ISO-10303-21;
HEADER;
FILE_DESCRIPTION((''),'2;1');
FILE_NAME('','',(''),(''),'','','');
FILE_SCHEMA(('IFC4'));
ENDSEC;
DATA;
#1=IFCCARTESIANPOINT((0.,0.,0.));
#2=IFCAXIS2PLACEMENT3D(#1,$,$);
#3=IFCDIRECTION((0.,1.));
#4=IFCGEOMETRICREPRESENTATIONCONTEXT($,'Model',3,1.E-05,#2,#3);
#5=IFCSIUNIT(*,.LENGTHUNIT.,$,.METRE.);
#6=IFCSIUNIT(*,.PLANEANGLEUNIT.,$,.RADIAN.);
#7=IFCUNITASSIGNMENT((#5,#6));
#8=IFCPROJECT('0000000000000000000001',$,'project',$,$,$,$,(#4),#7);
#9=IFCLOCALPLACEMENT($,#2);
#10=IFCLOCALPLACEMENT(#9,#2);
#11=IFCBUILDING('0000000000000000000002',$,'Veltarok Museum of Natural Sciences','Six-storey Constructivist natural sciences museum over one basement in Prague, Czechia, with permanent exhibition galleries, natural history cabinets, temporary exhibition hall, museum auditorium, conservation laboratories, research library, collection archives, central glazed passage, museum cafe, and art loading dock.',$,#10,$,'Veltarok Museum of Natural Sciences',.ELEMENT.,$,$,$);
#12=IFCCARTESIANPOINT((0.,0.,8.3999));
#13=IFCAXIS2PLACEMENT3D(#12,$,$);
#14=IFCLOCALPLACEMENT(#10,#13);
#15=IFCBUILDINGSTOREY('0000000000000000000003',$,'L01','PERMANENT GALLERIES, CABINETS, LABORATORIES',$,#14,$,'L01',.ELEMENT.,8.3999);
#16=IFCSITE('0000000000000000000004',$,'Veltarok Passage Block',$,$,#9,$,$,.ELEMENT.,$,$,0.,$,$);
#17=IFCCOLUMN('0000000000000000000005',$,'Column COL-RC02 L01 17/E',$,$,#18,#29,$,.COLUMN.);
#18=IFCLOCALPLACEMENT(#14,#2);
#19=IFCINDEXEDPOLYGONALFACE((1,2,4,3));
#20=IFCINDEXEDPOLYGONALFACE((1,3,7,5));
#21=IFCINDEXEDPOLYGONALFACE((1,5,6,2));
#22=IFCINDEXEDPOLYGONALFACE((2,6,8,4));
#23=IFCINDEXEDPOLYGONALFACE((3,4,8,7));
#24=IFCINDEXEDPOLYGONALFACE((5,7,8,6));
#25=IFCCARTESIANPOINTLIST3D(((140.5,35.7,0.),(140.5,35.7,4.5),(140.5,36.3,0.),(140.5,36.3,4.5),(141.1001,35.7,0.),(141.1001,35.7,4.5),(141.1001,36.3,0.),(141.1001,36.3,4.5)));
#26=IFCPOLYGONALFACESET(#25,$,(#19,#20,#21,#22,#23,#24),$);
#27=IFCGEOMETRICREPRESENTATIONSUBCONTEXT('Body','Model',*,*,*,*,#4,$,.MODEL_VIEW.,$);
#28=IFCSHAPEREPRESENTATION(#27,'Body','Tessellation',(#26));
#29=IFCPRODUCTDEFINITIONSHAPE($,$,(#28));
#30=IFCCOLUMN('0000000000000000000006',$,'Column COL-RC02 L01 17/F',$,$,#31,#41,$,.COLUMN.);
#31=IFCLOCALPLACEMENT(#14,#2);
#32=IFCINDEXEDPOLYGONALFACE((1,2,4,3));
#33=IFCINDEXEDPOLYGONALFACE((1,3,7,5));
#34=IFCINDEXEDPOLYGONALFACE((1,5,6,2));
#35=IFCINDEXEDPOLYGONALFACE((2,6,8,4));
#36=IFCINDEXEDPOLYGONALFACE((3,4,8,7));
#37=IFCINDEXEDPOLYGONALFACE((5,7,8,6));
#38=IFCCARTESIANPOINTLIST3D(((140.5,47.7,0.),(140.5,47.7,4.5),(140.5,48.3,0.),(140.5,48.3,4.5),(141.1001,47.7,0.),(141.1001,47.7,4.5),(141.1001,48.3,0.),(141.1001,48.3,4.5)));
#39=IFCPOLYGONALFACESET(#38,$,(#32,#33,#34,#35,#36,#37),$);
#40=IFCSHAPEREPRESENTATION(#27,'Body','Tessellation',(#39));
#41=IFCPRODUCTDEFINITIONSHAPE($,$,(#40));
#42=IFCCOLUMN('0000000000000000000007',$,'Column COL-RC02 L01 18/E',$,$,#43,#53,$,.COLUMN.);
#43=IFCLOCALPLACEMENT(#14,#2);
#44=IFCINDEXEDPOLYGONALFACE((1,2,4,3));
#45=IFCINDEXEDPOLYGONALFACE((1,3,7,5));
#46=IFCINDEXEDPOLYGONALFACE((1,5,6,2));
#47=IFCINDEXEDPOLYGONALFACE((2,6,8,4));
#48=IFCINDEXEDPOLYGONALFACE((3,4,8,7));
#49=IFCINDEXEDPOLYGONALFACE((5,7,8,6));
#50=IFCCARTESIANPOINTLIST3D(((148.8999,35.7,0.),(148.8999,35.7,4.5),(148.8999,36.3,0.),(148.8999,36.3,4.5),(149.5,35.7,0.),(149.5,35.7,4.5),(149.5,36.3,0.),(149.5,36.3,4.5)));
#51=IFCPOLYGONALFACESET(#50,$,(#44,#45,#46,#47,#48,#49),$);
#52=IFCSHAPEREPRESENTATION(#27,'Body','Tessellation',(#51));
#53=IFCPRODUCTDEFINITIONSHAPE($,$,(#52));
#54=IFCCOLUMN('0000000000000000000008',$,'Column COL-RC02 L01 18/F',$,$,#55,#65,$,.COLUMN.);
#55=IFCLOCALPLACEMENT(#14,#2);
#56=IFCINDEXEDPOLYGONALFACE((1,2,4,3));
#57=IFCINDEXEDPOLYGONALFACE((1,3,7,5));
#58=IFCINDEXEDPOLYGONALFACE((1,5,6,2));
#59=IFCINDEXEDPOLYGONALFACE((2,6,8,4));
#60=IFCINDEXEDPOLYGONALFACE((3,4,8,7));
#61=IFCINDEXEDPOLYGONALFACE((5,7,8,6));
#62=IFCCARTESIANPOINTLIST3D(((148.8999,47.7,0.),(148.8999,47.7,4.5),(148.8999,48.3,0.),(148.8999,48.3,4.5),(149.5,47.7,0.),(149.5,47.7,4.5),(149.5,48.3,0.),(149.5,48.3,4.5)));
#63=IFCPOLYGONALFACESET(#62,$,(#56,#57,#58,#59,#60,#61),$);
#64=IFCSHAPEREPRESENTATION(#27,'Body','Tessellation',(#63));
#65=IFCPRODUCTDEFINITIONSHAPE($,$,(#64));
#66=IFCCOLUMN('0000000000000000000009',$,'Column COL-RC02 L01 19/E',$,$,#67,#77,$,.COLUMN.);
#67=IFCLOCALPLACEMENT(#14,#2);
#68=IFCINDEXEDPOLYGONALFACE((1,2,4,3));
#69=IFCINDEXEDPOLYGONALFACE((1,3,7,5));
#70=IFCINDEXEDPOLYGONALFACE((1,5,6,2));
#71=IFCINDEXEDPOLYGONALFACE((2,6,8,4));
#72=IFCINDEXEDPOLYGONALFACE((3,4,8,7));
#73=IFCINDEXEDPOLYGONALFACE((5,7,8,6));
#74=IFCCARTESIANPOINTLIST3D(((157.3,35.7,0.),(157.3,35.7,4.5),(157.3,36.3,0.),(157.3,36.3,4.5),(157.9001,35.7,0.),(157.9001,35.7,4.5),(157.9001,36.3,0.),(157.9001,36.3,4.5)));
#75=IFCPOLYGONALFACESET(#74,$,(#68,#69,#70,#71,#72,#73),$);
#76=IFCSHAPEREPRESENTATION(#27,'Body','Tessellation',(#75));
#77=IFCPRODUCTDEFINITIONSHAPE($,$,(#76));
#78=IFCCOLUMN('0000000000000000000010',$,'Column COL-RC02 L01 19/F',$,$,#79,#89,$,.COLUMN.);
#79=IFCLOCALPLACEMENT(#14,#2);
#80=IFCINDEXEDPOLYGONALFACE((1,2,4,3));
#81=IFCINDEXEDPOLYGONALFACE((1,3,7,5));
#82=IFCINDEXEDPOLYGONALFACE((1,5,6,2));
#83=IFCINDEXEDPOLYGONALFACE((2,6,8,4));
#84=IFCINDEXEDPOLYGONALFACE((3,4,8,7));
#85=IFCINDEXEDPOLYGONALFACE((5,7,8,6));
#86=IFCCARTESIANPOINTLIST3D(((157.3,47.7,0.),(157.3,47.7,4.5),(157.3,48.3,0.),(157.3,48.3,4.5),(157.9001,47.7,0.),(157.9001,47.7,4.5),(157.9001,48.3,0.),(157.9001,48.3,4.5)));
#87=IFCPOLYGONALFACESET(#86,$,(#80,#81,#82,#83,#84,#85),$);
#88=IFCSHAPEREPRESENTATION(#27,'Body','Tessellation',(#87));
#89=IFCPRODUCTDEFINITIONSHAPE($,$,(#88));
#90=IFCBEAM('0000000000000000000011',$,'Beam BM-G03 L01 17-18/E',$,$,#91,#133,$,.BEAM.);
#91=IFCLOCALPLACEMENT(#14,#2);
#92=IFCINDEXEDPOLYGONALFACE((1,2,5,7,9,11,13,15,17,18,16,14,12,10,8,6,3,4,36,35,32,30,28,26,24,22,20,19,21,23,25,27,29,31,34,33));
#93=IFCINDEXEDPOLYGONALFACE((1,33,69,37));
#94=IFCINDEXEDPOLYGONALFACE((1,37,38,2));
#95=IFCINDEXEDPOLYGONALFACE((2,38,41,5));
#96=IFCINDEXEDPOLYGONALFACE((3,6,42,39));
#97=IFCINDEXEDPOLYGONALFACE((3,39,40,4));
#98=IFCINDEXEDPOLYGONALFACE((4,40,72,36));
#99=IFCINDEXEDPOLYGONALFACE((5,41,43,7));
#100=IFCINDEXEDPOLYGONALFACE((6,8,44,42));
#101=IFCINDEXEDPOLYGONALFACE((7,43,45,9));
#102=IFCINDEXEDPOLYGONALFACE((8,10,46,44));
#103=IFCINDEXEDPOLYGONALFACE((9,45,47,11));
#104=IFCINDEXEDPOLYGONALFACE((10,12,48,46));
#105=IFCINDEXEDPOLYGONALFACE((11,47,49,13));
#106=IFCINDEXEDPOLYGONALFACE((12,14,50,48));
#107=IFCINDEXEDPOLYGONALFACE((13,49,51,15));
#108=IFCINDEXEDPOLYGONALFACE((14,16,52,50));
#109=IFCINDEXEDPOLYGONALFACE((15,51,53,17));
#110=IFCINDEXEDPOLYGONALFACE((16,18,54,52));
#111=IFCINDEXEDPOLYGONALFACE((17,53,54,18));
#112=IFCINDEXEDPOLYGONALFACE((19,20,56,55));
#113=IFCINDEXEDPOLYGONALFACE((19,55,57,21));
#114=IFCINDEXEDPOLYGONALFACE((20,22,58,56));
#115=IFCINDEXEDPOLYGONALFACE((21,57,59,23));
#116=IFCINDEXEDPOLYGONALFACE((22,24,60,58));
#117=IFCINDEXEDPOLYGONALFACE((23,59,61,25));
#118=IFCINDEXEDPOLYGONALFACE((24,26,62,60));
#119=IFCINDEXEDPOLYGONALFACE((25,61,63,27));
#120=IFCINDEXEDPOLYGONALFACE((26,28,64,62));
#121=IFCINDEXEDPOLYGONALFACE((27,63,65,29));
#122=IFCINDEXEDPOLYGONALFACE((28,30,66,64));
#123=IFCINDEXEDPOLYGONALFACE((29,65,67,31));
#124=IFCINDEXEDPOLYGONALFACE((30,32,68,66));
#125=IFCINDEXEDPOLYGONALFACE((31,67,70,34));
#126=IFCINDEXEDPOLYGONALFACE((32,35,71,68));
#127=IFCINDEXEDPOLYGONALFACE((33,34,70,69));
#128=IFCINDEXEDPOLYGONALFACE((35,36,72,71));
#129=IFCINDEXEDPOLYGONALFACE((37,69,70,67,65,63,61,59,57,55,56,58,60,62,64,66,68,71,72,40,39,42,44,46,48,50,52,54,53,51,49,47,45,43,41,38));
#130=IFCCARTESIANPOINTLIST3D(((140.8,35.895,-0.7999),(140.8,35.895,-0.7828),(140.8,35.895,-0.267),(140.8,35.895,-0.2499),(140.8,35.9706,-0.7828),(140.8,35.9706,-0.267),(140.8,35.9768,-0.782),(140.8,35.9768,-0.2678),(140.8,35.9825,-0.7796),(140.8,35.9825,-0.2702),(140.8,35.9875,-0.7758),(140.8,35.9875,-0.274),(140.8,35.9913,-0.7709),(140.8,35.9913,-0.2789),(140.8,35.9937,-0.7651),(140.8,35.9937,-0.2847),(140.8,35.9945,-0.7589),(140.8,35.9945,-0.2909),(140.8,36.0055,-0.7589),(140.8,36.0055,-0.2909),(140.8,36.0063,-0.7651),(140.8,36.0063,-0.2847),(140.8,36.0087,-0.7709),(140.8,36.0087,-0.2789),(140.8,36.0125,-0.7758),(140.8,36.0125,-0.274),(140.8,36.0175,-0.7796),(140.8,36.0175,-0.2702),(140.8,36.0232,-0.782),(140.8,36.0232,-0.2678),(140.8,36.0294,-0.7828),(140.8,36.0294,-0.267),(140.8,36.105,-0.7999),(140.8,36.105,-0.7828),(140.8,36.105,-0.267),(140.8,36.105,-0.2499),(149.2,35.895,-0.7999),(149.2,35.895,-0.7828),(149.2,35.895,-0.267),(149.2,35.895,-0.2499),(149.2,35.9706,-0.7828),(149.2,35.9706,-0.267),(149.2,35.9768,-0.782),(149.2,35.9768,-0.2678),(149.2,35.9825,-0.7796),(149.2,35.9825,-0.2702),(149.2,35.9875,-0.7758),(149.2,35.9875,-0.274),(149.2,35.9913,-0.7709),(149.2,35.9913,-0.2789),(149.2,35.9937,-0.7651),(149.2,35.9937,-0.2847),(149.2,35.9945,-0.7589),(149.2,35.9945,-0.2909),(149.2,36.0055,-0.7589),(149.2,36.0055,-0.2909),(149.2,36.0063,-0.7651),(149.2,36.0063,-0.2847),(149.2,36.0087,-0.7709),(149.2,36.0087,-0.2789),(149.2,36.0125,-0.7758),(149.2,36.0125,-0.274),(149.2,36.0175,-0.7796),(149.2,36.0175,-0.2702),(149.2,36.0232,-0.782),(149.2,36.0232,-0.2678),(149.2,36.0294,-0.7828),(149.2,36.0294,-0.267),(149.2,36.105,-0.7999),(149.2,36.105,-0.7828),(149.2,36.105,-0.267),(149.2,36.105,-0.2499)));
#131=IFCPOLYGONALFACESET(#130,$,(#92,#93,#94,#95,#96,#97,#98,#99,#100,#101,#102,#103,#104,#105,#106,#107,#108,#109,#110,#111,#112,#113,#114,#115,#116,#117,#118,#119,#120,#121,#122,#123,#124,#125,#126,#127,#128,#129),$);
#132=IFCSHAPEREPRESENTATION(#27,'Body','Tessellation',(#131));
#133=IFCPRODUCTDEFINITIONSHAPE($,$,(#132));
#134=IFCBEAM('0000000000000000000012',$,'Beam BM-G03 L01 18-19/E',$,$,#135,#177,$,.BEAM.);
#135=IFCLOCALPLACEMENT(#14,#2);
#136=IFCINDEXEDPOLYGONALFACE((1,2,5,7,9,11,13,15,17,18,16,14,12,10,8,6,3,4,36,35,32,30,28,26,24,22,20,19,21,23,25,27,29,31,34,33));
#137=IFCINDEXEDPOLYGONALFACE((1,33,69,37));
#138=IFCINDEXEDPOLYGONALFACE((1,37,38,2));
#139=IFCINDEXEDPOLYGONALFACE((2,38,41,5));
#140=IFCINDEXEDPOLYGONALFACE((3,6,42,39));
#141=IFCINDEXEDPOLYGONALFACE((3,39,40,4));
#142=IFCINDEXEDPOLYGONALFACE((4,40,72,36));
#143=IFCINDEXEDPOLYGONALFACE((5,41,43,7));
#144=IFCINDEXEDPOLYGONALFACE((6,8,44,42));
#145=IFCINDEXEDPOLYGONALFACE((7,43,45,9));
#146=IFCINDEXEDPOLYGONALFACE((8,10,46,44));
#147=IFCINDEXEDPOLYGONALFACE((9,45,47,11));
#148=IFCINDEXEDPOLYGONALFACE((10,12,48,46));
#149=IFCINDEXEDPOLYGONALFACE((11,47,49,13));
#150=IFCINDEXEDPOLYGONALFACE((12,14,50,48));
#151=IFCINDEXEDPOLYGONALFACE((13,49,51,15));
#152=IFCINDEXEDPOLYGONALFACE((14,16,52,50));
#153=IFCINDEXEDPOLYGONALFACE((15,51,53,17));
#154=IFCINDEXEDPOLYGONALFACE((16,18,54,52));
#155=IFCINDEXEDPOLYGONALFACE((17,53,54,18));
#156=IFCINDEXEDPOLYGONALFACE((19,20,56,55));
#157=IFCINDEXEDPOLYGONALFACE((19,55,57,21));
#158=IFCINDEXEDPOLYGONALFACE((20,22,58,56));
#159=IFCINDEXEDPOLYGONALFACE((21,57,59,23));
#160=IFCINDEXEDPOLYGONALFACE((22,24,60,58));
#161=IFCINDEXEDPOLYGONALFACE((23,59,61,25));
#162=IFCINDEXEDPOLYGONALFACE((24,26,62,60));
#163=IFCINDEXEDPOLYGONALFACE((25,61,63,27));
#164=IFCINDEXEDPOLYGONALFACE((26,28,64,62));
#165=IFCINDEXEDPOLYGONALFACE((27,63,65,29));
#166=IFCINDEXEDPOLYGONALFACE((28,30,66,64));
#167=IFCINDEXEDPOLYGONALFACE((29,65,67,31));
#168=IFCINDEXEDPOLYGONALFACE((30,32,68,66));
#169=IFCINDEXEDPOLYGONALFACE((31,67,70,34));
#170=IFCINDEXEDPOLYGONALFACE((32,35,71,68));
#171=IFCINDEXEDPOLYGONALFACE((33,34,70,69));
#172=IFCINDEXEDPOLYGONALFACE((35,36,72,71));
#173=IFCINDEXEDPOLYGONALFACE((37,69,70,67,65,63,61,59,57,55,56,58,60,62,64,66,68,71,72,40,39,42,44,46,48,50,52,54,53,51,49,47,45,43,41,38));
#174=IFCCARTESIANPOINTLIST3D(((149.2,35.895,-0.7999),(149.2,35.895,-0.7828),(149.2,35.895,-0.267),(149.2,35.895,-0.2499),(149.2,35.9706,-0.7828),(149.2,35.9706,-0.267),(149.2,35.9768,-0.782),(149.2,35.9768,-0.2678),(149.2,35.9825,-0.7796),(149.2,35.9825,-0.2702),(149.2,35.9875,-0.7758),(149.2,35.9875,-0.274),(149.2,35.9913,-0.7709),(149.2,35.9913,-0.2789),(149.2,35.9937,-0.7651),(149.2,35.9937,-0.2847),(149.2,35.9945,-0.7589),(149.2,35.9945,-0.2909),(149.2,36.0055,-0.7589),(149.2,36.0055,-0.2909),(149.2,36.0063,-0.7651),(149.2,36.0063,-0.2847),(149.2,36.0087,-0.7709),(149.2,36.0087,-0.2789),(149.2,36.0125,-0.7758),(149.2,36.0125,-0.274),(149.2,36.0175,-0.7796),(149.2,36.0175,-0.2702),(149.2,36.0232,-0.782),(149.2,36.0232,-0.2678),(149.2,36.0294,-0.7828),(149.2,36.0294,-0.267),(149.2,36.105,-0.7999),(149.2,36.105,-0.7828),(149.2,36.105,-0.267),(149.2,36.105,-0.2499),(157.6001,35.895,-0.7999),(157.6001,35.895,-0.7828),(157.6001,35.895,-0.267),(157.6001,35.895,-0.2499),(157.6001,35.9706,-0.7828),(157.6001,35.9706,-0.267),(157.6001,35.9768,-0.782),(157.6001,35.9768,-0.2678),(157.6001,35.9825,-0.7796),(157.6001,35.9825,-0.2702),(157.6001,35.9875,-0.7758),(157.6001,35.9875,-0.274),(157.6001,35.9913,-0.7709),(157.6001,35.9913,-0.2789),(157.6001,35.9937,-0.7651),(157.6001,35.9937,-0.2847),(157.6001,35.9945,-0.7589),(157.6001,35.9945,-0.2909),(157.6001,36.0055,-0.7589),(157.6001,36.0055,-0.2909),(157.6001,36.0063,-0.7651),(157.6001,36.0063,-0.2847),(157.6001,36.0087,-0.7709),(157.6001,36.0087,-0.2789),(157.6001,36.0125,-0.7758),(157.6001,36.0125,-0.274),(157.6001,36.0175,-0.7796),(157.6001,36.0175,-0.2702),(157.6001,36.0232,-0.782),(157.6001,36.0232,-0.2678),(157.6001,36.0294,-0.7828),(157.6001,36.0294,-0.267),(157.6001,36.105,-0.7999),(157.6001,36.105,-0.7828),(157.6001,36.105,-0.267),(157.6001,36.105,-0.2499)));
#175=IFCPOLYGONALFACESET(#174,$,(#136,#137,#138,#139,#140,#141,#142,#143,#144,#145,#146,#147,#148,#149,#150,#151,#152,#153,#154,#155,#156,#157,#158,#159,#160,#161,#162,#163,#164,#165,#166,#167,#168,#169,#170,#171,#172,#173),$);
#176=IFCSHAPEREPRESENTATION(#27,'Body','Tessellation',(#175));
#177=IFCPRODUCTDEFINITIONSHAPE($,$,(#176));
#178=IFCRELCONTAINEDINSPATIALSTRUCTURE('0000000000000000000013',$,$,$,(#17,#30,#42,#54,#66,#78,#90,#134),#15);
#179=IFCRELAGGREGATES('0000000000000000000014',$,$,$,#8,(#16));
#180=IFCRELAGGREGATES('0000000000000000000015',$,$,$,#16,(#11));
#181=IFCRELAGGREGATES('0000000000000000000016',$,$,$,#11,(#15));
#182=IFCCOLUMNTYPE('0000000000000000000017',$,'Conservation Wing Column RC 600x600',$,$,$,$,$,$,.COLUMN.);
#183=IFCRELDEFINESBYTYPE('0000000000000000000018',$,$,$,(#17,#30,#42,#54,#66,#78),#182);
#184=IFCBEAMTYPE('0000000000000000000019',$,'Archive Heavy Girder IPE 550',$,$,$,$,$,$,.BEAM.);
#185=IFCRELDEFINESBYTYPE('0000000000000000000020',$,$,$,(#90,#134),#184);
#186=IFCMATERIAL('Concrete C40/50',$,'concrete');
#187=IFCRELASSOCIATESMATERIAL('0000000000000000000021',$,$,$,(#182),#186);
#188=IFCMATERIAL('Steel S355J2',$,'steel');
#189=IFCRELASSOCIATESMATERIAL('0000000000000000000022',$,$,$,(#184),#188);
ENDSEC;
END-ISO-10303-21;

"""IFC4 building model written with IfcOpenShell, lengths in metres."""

from ifc_helpers import new_model, si_unit, direction, frame, origin, origin_2d, place, context, subcontext, project, spatial, rectangle, i_section, extrude, material, material_profile, profile_set, type_object, element, save


model = new_model("IFC4")

# Units and contexts
model_context = context("Model", 3, precision=1e-05, world=origin(), true_north=direction((0.0, 1.0)))
body_context = subcontext(model_context, "Body", "Model", "MODEL_VIEW")
ifc_project = project(units=[si_unit("LENGTHUNIT", "METRE"), si_unit("PLANEANGLEUNIT", "RADIAN")], contexts=[model_context])

# Site, building, storey
site_placement = place(None, origin())
site = spatial("IfcSite", under=ifc_project, at=site_placement, Name="Veltarok Passage Block", CompositionType="ELEMENT", RefElevation=0.0)
building_placement = place(site_placement, origin())
building = spatial("IfcBuilding", under=site, at=building_placement, Name="Veltarok Museum of Natural Sciences", Description="Six-storey Constructivist natural sciences museum over one basement in Prague, Czechia, with permanent exhibition galleries, natural history cabinets, temporary exhibition hall, museum auditorium, conservation laboratories, research library, collection archives, central glazed passage, museum cafe, and art loading dock.", LongName="Veltarok Museum of Natural Sciences", CompositionType="ELEMENT")
storey_placement = place(building_placement, frame((0.0, 0.0, 8.3999)))
storey = spatial("IfcBuildingStorey", under=building, at=storey_placement, Name="L01", Description="PERMANENT GALLERIES, CABINETS, LABORATORIES", LongName="L01", CompositionType="ELEMENT", Elevation=8.3999)

# Columns
ifc_material_1 = material(Name="Concrete C40/50", Category="concrete")
ifc_material_profile_1 = material_profile(ifc_material_1, rectangle(XDim=0.6001, YDim=0.6001, at=origin_2d()), Name="RC 600x600")
ifc_profile_set_1 = profile_set([ifc_material_profile_1], Name="Concrete C40/50")
column_type = type_object("IfcColumnType", Name="Conservation Wing Column RC 600x600", PredefinedType="COLUMN", material=ifc_profile_set_1)
for number, where, z_axis, x_axis, name in (
    (1, (140.8, 36.0, 0.0), (0.0, 0.0, 1.0), (1.0, 0.0, 0.0), "Column COL-RC02 L01 17/E"),
    (2, (140.8, 48.0, 0.0), (0.0, 0.0, 1.0), (1.0, 0.0, 0.0), "Column COL-RC02 L01 17/F"),
    (3, (149.2, 36.0, 0.0), (0.0, 0.0, 1.0), (1.0, 0.0, 0.0), "Column COL-RC02 L01 18/E"),
    (4, (149.2, 48.0, 0.0), (0.0, 0.0, 1.0), (1.0, 0.0, 0.0), "Column COL-RC02 L01 18/F"),
    (5, (157.6001, 36.0, 0.0), (0.0, 0.0, 1.0), (1.0, 0.0, 0.0), "Column COL-RC02 L01 19/E"),
    (6, (157.6001, 48.0, 0.0), (0.0, 0.0, 1.0), (1.0, 0.0, 0.0), "Column COL-RC02 L01 19/F"),
):
    element("IfcColumn", number, at=place(storey_placement, frame(where, z_axis=z_axis, x_axis=x_axis)), inside=storey, type_object=column_type, Name=name, PredefinedType="COLUMN", context=body_context, shape_type="SweptSolid", body=[
        extrude(rectangle(XDim=0.6001, YDim=0.6001, at=origin_2d()), origin(), (0.0, 0.0, 1.0), 4.5),
    ])

# Beams
ifc_material_2 = material(Name="Steel S355J2", Category="steel")
ifc_material_profile_2 = material_profile(ifc_material_2, i_section(OverallWidth=0.21, OverallDepth=0.55, WebThickness=0.011, FlangeThickness=0.0171, FilletRadius=0.0239, at=origin_2d()), Name="IPE 550")
ifc_profile_set_2 = profile_set([ifc_material_profile_2], Name="Steel S355J2")
beam_type_1 = type_object("IfcBeamType", Name="Archive Heavy Girder IPE 550", PredefinedType="BEAM", material=ifc_profile_set_2)
beam_1_placement = place(storey_placement, frame((140.8, 36.0, -0.5249), z_axis=(1.0, 0.0, 0.0), x_axis=(0.0, 1.0, 0.0)))
element("IfcBeam", 7, at=beam_1_placement, inside=storey, type_object=beam_type_1, Name="Beam BM-G03 L01 17-18/E", PredefinedType="BEAM", context=body_context, shape_type="SweptSolid", body=[
    extrude(i_section(OverallWidth=0.21, OverallDepth=0.55, WebThickness=0.011, FlangeThickness=0.0171, FilletRadius=0.0239, at=origin_2d()), origin(), (0.0, 0.0, 1.0), 8.3999),
])
beam_2_placement = place(storey_placement, frame((149.2, 36.0, -0.5249), z_axis=(1.0, 0.0, 0.0), x_axis=(0.0, 1.0, 0.0)))
element("IfcBeam", 8, at=beam_2_placement, inside=storey, type_object=beam_type_1, Name="Beam BM-G03 L01 18-19/E", PredefinedType="BEAM", context=body_context, shape_type="SweptSolid", body=[
    extrude(i_section(OverallWidth=0.21, OverallDepth=0.55, WebThickness=0.011, FlangeThickness=0.0171, FilletRadius=0.0239, at=origin_2d()), origin(), (0.0, 0.0, 1.0), 8.4001),
])

save(model, "model.ifc")
